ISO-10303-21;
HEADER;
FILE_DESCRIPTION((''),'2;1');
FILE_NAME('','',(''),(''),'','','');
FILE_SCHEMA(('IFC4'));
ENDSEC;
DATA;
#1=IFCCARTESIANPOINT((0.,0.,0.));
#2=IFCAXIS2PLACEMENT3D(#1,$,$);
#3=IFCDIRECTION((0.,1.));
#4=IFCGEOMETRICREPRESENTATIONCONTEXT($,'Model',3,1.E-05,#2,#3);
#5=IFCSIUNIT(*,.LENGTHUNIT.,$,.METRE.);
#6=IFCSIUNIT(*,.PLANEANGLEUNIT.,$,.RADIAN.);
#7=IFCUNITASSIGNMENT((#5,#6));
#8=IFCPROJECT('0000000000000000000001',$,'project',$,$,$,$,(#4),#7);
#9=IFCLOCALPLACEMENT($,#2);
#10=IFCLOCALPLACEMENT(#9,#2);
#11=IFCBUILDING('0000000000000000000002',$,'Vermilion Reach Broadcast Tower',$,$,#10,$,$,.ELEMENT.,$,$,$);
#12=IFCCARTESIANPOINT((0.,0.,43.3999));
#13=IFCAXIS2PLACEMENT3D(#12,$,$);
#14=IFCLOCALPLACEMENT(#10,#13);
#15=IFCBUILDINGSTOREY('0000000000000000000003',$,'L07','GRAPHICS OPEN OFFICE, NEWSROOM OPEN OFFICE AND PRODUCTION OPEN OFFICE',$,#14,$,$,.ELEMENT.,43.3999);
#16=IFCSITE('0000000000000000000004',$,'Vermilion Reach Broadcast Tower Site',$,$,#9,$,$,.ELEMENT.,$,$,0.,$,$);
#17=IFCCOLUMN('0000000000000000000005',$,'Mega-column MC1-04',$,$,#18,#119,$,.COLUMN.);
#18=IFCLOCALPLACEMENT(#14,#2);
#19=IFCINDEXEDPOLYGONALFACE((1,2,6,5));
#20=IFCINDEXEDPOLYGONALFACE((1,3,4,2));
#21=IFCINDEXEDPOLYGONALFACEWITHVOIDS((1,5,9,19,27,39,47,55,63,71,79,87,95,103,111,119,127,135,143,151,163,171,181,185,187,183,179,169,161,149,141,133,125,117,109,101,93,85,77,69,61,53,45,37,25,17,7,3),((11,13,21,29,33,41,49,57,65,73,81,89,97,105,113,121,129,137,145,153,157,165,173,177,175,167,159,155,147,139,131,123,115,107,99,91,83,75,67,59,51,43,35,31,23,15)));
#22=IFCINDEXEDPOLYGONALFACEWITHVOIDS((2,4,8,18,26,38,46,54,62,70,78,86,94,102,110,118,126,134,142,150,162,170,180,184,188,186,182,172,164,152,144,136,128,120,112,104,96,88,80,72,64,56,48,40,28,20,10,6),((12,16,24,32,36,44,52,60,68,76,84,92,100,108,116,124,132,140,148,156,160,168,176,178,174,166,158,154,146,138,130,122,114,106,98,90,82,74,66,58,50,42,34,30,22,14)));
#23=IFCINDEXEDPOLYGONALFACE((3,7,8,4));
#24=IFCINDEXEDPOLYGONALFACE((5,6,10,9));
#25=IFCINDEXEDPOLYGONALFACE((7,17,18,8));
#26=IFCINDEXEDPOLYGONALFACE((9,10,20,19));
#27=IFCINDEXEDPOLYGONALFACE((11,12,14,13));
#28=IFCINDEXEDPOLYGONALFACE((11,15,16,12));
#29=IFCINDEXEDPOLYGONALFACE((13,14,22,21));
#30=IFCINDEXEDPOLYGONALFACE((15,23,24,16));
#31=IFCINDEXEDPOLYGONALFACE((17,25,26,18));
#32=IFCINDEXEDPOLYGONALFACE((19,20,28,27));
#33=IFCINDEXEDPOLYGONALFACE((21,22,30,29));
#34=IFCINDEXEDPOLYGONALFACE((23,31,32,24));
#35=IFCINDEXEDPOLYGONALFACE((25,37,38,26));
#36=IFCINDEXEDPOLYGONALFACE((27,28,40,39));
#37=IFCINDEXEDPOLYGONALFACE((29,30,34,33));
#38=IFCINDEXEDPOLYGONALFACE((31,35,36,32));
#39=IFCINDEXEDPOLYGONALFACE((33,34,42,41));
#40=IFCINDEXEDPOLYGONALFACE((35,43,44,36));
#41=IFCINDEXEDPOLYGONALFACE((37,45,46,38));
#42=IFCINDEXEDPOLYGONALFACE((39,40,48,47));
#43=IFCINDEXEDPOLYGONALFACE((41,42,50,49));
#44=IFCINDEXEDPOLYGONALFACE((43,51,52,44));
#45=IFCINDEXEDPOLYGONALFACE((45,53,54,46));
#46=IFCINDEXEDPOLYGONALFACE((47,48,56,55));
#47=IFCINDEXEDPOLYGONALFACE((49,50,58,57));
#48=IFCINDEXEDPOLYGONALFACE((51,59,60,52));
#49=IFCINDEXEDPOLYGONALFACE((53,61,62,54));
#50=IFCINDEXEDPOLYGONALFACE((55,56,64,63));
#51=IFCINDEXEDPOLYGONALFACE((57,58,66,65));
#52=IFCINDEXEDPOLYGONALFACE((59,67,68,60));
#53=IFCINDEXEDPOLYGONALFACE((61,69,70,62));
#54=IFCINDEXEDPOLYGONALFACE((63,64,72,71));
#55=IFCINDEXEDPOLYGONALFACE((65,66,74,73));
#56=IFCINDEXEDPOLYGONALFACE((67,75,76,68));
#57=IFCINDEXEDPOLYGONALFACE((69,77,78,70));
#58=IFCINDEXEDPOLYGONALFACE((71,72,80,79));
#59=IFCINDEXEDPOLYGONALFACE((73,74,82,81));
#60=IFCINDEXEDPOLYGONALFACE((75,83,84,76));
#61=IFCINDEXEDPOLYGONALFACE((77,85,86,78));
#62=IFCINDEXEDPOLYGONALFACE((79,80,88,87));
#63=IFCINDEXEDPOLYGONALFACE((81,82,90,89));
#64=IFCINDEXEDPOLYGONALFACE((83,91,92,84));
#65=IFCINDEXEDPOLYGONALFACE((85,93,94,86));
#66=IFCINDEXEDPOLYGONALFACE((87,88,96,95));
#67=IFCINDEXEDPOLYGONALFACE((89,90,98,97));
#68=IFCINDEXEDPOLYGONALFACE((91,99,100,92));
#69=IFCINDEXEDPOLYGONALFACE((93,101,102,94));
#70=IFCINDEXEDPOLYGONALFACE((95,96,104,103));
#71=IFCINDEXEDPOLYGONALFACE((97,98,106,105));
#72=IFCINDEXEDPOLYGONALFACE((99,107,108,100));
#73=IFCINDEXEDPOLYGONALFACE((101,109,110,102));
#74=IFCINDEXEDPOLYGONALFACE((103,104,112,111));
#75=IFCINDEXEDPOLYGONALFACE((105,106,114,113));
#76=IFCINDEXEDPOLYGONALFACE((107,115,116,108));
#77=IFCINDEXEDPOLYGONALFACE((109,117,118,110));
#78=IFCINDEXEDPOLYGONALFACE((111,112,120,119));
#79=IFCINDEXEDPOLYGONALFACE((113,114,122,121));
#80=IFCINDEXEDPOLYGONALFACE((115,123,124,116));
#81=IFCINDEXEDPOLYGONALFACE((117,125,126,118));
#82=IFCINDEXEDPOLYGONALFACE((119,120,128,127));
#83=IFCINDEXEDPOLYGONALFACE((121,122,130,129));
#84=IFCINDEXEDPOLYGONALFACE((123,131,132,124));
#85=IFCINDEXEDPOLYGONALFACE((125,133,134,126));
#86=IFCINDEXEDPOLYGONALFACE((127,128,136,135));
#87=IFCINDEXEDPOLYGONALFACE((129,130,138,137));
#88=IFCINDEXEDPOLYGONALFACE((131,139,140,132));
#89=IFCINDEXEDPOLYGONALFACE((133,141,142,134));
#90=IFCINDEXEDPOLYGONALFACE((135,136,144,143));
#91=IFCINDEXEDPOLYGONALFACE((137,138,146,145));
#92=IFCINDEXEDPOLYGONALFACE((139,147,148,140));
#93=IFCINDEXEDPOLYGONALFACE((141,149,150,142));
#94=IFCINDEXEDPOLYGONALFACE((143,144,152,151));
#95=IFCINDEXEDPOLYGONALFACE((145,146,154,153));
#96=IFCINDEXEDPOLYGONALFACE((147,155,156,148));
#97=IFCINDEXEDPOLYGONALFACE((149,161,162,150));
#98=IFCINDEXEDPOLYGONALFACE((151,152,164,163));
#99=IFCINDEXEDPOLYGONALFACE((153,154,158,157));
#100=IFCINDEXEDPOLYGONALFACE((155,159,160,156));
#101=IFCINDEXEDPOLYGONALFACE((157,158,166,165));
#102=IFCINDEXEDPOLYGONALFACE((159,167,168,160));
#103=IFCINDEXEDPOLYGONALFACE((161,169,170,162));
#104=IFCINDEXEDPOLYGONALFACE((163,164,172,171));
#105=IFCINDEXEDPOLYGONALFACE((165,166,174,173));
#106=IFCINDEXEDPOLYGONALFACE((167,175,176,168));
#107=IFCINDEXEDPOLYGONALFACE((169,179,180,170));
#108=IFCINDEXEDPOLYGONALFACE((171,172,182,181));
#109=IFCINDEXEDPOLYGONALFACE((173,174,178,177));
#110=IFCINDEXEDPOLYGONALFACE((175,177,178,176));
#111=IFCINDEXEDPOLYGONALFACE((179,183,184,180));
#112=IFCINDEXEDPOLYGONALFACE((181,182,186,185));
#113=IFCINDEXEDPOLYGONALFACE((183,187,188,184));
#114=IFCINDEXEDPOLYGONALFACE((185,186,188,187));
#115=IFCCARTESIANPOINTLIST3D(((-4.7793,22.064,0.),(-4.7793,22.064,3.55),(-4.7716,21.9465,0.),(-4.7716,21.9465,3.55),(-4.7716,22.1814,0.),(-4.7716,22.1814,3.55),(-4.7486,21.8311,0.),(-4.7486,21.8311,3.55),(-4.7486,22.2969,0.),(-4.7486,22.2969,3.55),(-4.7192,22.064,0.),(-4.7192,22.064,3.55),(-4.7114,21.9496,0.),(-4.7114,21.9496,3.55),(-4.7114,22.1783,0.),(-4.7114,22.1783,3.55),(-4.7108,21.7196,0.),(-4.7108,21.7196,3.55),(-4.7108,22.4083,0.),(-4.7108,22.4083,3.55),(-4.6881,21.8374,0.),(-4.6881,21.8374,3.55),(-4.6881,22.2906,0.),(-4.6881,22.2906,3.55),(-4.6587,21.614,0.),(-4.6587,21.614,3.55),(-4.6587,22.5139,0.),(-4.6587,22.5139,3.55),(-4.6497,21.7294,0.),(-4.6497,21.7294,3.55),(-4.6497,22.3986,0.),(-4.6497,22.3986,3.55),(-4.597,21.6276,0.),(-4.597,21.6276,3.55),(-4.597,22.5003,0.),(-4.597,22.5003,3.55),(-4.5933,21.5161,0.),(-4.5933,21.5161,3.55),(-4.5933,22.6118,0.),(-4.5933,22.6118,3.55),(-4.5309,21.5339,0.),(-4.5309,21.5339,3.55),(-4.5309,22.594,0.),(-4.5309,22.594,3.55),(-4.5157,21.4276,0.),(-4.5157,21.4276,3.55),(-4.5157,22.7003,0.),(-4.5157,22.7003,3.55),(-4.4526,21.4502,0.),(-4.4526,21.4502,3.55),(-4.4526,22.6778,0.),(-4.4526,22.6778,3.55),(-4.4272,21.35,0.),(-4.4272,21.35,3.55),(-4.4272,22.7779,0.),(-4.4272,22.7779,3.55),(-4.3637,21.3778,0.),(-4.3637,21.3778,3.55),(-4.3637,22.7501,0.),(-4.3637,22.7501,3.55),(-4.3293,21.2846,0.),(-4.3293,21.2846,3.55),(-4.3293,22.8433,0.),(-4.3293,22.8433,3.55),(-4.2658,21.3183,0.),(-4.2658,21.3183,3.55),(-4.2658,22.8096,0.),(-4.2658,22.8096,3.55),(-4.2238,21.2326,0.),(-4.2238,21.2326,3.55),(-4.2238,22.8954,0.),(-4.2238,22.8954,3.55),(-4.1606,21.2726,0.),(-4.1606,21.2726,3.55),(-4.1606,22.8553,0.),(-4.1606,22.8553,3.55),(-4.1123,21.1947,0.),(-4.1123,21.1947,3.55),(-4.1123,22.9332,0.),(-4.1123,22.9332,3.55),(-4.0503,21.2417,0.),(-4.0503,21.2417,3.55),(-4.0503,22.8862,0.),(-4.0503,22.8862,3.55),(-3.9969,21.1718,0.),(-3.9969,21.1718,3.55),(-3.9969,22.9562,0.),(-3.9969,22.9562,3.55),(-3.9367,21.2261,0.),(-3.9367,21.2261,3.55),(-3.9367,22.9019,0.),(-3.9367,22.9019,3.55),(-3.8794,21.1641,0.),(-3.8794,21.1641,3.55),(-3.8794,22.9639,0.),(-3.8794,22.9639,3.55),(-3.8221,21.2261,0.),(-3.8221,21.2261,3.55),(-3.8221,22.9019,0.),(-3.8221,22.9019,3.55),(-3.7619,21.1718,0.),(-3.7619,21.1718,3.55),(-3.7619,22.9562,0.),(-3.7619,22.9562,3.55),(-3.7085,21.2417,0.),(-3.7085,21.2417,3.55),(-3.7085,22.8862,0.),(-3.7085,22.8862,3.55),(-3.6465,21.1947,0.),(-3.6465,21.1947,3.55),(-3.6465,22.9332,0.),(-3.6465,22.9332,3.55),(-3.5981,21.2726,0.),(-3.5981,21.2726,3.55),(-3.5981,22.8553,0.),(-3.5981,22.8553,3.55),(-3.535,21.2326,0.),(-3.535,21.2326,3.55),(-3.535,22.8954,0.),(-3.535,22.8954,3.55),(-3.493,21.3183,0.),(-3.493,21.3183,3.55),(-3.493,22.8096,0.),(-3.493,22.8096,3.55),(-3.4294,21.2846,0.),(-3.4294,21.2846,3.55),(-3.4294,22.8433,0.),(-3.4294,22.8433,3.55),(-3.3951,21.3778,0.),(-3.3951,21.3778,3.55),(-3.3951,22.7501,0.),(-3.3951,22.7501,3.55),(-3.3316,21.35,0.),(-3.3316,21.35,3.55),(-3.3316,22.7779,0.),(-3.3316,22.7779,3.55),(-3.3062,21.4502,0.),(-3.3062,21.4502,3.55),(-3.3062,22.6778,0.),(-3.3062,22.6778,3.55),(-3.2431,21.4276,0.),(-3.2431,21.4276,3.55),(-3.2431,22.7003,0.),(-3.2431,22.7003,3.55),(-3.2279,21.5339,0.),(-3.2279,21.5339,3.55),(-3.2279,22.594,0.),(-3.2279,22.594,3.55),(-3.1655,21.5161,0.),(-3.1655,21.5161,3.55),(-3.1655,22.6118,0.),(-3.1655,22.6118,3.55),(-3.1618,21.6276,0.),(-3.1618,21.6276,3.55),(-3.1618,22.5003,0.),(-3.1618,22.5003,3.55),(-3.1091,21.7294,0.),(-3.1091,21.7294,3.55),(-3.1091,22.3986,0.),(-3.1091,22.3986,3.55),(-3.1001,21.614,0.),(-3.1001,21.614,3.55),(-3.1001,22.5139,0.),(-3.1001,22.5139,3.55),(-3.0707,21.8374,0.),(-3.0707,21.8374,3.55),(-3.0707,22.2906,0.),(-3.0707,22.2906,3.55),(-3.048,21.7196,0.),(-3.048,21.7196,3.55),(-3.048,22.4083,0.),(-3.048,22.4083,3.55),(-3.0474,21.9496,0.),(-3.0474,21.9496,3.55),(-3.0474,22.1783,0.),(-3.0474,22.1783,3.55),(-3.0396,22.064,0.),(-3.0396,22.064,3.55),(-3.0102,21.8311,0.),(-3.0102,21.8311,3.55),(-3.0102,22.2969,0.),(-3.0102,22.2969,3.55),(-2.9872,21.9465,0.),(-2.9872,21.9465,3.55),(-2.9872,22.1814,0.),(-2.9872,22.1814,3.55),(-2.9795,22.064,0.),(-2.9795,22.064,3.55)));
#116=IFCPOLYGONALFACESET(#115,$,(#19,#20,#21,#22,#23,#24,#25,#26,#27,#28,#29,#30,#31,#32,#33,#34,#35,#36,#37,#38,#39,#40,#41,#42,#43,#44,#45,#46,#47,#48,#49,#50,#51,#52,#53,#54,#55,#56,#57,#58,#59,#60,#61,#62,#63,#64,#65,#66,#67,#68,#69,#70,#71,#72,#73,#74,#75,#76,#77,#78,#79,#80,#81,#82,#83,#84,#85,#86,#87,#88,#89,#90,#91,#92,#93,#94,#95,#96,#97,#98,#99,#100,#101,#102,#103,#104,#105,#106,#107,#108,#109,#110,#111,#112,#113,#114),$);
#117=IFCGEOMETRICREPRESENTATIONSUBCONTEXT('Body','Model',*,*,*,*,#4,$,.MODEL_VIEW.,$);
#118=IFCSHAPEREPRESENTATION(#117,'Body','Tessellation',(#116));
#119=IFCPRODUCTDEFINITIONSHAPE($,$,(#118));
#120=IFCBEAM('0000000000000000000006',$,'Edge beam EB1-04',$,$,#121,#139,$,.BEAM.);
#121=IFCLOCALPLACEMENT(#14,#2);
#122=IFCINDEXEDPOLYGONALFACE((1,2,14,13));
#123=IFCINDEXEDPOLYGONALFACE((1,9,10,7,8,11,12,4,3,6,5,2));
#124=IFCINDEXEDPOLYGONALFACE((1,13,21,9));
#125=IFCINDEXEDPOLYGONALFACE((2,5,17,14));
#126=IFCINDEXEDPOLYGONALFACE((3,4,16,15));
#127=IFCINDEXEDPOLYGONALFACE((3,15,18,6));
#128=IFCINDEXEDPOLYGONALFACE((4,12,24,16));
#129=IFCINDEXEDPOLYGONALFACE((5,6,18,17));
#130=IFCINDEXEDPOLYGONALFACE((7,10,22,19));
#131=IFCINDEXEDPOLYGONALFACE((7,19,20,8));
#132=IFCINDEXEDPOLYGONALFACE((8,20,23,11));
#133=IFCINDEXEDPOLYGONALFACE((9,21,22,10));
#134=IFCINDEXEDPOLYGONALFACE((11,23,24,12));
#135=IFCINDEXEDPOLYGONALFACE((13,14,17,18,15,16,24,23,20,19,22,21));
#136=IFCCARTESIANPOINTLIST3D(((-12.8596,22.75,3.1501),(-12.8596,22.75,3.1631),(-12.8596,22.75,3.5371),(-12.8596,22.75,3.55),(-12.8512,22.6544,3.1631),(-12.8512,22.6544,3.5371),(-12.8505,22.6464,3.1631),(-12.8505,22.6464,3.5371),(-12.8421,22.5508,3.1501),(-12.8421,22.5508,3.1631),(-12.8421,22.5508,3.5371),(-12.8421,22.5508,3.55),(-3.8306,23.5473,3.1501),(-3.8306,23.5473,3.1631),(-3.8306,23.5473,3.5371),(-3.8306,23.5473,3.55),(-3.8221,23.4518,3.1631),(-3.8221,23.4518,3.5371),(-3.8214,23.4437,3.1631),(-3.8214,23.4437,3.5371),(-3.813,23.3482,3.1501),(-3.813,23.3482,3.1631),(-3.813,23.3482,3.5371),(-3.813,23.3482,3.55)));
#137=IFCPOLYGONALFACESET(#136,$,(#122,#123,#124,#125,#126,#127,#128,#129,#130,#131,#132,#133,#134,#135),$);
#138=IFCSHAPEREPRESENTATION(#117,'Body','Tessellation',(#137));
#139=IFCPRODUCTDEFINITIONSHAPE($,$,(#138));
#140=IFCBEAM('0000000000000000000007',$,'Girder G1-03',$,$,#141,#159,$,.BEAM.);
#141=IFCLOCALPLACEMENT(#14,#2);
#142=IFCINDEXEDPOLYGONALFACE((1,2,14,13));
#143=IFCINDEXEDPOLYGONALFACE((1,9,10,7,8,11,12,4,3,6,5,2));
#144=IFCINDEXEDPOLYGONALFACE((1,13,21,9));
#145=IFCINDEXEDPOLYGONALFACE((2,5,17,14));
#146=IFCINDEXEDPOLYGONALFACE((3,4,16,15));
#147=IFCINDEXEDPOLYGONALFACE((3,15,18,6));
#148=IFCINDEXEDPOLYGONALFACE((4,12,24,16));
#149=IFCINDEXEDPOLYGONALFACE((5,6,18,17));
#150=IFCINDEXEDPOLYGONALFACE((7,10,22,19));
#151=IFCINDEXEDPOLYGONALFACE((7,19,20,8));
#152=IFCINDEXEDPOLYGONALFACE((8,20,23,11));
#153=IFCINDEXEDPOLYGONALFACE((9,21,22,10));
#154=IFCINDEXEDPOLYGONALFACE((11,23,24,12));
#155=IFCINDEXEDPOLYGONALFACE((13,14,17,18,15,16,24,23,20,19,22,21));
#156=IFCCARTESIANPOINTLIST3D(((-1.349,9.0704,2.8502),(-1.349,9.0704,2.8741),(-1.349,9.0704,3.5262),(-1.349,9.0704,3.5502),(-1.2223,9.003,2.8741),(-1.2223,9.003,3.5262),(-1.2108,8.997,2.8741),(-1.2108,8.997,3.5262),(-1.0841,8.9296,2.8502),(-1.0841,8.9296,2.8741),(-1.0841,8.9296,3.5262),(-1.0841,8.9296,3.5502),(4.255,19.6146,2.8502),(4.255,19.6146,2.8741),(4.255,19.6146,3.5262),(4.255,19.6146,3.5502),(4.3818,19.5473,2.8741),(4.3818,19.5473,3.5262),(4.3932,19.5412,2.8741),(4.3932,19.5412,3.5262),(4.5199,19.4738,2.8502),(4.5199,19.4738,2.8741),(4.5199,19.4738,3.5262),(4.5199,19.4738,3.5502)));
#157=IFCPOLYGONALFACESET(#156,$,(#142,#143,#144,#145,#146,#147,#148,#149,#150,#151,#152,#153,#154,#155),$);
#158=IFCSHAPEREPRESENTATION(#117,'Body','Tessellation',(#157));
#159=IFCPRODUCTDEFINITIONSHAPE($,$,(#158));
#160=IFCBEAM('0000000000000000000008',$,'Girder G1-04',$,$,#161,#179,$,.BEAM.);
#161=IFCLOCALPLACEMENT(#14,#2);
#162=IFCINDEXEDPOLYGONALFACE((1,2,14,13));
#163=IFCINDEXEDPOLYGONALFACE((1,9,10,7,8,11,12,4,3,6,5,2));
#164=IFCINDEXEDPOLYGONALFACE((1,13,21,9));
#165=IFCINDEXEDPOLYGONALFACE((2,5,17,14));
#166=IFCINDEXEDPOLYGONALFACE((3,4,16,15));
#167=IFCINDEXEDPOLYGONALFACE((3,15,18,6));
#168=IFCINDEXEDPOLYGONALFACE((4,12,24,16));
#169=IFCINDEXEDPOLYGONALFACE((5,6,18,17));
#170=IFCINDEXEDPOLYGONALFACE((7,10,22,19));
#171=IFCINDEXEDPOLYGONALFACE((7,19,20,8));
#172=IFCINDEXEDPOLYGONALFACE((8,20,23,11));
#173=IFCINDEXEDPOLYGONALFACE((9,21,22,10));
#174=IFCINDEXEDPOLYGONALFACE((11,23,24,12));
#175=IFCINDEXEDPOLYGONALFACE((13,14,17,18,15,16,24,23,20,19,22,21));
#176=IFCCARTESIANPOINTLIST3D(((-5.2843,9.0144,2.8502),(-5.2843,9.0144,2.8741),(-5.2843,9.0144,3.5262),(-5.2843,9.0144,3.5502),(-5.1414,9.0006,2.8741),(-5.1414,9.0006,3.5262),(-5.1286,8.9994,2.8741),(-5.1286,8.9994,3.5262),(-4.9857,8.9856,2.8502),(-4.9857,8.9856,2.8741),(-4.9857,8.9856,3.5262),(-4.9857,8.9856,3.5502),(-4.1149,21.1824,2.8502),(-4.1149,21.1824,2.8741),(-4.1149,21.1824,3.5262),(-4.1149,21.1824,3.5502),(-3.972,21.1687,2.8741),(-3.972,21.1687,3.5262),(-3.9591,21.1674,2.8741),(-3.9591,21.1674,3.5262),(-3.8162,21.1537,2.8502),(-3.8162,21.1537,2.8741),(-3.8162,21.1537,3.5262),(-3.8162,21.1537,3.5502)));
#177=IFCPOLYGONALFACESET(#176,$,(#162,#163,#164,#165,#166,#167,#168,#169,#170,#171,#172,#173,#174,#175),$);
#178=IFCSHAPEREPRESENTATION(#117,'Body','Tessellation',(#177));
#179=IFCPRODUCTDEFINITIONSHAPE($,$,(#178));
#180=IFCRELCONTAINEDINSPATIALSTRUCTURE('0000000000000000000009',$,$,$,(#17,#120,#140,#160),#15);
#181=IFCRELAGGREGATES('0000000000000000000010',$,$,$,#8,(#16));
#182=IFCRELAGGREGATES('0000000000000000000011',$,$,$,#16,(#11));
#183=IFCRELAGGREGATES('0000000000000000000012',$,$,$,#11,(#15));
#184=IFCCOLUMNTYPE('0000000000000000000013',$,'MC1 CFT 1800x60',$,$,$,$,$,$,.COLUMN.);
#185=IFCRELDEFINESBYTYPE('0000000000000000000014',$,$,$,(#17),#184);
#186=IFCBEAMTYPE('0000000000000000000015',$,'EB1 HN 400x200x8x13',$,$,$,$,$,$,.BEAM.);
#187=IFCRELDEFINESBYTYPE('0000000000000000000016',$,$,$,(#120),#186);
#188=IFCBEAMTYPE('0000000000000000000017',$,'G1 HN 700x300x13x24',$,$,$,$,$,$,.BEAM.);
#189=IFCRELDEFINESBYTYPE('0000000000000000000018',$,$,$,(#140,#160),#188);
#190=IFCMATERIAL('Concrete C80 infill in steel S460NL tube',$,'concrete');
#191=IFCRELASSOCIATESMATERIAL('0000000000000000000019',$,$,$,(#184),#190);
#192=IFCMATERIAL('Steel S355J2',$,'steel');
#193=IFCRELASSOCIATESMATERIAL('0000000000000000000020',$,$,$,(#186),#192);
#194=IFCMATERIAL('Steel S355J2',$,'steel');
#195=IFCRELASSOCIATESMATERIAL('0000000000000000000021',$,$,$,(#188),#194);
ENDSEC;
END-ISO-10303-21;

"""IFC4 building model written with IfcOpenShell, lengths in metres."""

from ifc_helpers import new_model, si_unit, direction, frame, origin, origin_2d, place, context, subcontext, project, spatial, hollow_circle, i_section, extrude, material, material_profile, profile_set, type_object, element, save


model = new_model("IFC4")

# Units and contexts
model_context = context("Model", 3, precision=1e-05, world=origin(), true_north=direction((0.0, 1.0)))
body_context = subcontext(model_context, "Body", "Model", "MODEL_VIEW")
ifc_project = project(units=[si_unit("LENGTHUNIT", "METRE"), si_unit("PLANEANGLEUNIT", "RADIAN")], contexts=[model_context])

# Site, building, storey
site_placement = place(None, origin())
site = spatial("IfcSite", under=ifc_project, at=site_placement, Name="Vermilion Reach Broadcast Tower Site", CompositionType="ELEMENT", RefElevation=0.0)
building_placement = place(site_placement, origin())
building = spatial("IfcBuilding", under=site, at=building_placement, Name="Vermilion Reach Broadcast Tower", CompositionType="ELEMENT")
storey_placement = place(building_placement, frame((0.0, 0.0, 43.3999)))
storey = spatial("IfcBuildingStorey", under=building, at=storey_placement, Name="L07", Description="GRAPHICS OPEN OFFICE, NEWSROOM OPEN OFFICE AND PRODUCTION OPEN OFFICE", CompositionType="ELEMENT", Elevation=43.3999)

# Column
ifc_material_1 = material(Name="Concrete C80 infill in steel S460NL tube", Category="concrete")
ifc_material_profile_1 = material_profile(ifc_material_1, hollow_circle(Radius=0.8999, WallThickness=0.0601, at=origin_2d()), Name="Concrete C80 infill in steel S460NL tube CFT 1800x60")
ifc_profile_set_1 = profile_set([ifc_material_profile_1], Name="Concrete C80 infill in steel S460NL tube")
column_type = type_object("IfcColumnType", Name="MC1 CFT 1800x60", PredefinedType="COLUMN", material=ifc_profile_set_1)
column_placement = place(storey_placement, frame((-3.8794, 22.064, 0.0), z_axis=(0.0, 0.0, 1.0), x_axis=(1.0, 0.0, 0.0)))
element("IfcColumn", 1, at=column_placement, inside=storey, type_object=column_type, Name="Mega-column MC1-04", PredefinedType="COLUMN", context=body_context, shape_type="SweptSolid", body=[
    extrude(hollow_circle(Radius=0.8999, WallThickness=0.0601, at=origin_2d()), origin(), (0.0, 0.0, 1.0), 3.55),
])

# Beams
ifc_material_2 = material(Name="Steel S355J2", Category="steel")
ifc_material_profile_2 = material_profile(ifc_material_2, i_section(OverallWidth=0.2, OverallDepth=0.3999, WebThickness=0.0081, FlangeThickness=0.0129, at=origin_2d()), Name="S355J2 HN 400x200x8x13")
ifc_profile_set_2 = profile_set([ifc_material_profile_2], Name="Steel S355J2")
beam_type_1 = type_object("IfcBeamType", Name="EB1 HN 400x200x8x13", PredefinedType="BEAM", material=ifc_profile_set_2)
beam_1_placement = place(storey_placement, frame((-3.8218, 23.4478, 3.3501), z_axis=(-0.996123, -0.087968, 0.0), x_axis=(0.087968, -0.996123, 0.0)))
element("IfcBeam", 2, at=beam_1_placement, inside=storey, type_object=beam_type_1, Name="Edge beam EB1-04", PredefinedType="BEAM", context=body_context, shape_type="SweptSolid", body=[
    extrude(i_section(OverallWidth=0.2, OverallDepth=0.3999, WebThickness=0.0081, FlangeThickness=0.0129, at=origin_2d()), origin(), (0.0, 0.0, 1.0), 9.0642),
])
ifc_material_3 = material(Name="Steel S355J2", Category="steel")
ifc_material_profile_3 = material_profile(ifc_material_3, i_section(OverallWidth=0.3, OverallDepth=0.7, WebThickness=0.0129, FlangeThickness=0.0239, at=origin_2d()), Name="S355J2 HN 700x300x13x24")
ifc_profile_set_3 = profile_set([ifc_material_profile_3], Name="Steel S355J2")
beam_type_2 = type_object("IfcBeamType", Name="G1 HN 700x300x13x24", PredefinedType="BEAM", material=ifc_profile_set_3)
beam_2_placement = place(storey_placement, frame((-1.2166, 9.0, 3.2002), z_axis=(0.469312, 0.883032, 0.0), x_axis=(-0.883032, 0.469312, 0.0)))
element("IfcBeam", 3, at=beam_2_placement, inside=storey, type_object=beam_type_2, Name="Girder G1-03", PredefinedType="BEAM", context=body_context, shape_type="SweptSolid", body=[
    extrude(i_section(OverallWidth=0.3, OverallDepth=0.7, WebThickness=0.0129, FlangeThickness=0.0239, at=origin_2d()), origin(), (0.0, 0.0, 1.0), 11.9409),
])
beam_3_placement = place(storey_placement, frame((-5.135, 9.0, 3.2002), z_axis=(0.095667, 0.995413, 0.0), x_axis=(-0.995413, 0.095667, 0.0)))
element("IfcBeam", 4, at=beam_3_placement, inside=storey, type_object=beam_type_2, Name="Girder G1-04", PredefinedType="BEAM", context=body_context, shape_type="SweptSolid", body=[
    extrude(i_section(OverallWidth=0.3, OverallDepth=0.7, WebThickness=0.0129, FlangeThickness=0.0239, at=origin_2d()), origin(), (0.0, 0.0, 1.0), 12.2241),
])

save(model, "model.ifc")
